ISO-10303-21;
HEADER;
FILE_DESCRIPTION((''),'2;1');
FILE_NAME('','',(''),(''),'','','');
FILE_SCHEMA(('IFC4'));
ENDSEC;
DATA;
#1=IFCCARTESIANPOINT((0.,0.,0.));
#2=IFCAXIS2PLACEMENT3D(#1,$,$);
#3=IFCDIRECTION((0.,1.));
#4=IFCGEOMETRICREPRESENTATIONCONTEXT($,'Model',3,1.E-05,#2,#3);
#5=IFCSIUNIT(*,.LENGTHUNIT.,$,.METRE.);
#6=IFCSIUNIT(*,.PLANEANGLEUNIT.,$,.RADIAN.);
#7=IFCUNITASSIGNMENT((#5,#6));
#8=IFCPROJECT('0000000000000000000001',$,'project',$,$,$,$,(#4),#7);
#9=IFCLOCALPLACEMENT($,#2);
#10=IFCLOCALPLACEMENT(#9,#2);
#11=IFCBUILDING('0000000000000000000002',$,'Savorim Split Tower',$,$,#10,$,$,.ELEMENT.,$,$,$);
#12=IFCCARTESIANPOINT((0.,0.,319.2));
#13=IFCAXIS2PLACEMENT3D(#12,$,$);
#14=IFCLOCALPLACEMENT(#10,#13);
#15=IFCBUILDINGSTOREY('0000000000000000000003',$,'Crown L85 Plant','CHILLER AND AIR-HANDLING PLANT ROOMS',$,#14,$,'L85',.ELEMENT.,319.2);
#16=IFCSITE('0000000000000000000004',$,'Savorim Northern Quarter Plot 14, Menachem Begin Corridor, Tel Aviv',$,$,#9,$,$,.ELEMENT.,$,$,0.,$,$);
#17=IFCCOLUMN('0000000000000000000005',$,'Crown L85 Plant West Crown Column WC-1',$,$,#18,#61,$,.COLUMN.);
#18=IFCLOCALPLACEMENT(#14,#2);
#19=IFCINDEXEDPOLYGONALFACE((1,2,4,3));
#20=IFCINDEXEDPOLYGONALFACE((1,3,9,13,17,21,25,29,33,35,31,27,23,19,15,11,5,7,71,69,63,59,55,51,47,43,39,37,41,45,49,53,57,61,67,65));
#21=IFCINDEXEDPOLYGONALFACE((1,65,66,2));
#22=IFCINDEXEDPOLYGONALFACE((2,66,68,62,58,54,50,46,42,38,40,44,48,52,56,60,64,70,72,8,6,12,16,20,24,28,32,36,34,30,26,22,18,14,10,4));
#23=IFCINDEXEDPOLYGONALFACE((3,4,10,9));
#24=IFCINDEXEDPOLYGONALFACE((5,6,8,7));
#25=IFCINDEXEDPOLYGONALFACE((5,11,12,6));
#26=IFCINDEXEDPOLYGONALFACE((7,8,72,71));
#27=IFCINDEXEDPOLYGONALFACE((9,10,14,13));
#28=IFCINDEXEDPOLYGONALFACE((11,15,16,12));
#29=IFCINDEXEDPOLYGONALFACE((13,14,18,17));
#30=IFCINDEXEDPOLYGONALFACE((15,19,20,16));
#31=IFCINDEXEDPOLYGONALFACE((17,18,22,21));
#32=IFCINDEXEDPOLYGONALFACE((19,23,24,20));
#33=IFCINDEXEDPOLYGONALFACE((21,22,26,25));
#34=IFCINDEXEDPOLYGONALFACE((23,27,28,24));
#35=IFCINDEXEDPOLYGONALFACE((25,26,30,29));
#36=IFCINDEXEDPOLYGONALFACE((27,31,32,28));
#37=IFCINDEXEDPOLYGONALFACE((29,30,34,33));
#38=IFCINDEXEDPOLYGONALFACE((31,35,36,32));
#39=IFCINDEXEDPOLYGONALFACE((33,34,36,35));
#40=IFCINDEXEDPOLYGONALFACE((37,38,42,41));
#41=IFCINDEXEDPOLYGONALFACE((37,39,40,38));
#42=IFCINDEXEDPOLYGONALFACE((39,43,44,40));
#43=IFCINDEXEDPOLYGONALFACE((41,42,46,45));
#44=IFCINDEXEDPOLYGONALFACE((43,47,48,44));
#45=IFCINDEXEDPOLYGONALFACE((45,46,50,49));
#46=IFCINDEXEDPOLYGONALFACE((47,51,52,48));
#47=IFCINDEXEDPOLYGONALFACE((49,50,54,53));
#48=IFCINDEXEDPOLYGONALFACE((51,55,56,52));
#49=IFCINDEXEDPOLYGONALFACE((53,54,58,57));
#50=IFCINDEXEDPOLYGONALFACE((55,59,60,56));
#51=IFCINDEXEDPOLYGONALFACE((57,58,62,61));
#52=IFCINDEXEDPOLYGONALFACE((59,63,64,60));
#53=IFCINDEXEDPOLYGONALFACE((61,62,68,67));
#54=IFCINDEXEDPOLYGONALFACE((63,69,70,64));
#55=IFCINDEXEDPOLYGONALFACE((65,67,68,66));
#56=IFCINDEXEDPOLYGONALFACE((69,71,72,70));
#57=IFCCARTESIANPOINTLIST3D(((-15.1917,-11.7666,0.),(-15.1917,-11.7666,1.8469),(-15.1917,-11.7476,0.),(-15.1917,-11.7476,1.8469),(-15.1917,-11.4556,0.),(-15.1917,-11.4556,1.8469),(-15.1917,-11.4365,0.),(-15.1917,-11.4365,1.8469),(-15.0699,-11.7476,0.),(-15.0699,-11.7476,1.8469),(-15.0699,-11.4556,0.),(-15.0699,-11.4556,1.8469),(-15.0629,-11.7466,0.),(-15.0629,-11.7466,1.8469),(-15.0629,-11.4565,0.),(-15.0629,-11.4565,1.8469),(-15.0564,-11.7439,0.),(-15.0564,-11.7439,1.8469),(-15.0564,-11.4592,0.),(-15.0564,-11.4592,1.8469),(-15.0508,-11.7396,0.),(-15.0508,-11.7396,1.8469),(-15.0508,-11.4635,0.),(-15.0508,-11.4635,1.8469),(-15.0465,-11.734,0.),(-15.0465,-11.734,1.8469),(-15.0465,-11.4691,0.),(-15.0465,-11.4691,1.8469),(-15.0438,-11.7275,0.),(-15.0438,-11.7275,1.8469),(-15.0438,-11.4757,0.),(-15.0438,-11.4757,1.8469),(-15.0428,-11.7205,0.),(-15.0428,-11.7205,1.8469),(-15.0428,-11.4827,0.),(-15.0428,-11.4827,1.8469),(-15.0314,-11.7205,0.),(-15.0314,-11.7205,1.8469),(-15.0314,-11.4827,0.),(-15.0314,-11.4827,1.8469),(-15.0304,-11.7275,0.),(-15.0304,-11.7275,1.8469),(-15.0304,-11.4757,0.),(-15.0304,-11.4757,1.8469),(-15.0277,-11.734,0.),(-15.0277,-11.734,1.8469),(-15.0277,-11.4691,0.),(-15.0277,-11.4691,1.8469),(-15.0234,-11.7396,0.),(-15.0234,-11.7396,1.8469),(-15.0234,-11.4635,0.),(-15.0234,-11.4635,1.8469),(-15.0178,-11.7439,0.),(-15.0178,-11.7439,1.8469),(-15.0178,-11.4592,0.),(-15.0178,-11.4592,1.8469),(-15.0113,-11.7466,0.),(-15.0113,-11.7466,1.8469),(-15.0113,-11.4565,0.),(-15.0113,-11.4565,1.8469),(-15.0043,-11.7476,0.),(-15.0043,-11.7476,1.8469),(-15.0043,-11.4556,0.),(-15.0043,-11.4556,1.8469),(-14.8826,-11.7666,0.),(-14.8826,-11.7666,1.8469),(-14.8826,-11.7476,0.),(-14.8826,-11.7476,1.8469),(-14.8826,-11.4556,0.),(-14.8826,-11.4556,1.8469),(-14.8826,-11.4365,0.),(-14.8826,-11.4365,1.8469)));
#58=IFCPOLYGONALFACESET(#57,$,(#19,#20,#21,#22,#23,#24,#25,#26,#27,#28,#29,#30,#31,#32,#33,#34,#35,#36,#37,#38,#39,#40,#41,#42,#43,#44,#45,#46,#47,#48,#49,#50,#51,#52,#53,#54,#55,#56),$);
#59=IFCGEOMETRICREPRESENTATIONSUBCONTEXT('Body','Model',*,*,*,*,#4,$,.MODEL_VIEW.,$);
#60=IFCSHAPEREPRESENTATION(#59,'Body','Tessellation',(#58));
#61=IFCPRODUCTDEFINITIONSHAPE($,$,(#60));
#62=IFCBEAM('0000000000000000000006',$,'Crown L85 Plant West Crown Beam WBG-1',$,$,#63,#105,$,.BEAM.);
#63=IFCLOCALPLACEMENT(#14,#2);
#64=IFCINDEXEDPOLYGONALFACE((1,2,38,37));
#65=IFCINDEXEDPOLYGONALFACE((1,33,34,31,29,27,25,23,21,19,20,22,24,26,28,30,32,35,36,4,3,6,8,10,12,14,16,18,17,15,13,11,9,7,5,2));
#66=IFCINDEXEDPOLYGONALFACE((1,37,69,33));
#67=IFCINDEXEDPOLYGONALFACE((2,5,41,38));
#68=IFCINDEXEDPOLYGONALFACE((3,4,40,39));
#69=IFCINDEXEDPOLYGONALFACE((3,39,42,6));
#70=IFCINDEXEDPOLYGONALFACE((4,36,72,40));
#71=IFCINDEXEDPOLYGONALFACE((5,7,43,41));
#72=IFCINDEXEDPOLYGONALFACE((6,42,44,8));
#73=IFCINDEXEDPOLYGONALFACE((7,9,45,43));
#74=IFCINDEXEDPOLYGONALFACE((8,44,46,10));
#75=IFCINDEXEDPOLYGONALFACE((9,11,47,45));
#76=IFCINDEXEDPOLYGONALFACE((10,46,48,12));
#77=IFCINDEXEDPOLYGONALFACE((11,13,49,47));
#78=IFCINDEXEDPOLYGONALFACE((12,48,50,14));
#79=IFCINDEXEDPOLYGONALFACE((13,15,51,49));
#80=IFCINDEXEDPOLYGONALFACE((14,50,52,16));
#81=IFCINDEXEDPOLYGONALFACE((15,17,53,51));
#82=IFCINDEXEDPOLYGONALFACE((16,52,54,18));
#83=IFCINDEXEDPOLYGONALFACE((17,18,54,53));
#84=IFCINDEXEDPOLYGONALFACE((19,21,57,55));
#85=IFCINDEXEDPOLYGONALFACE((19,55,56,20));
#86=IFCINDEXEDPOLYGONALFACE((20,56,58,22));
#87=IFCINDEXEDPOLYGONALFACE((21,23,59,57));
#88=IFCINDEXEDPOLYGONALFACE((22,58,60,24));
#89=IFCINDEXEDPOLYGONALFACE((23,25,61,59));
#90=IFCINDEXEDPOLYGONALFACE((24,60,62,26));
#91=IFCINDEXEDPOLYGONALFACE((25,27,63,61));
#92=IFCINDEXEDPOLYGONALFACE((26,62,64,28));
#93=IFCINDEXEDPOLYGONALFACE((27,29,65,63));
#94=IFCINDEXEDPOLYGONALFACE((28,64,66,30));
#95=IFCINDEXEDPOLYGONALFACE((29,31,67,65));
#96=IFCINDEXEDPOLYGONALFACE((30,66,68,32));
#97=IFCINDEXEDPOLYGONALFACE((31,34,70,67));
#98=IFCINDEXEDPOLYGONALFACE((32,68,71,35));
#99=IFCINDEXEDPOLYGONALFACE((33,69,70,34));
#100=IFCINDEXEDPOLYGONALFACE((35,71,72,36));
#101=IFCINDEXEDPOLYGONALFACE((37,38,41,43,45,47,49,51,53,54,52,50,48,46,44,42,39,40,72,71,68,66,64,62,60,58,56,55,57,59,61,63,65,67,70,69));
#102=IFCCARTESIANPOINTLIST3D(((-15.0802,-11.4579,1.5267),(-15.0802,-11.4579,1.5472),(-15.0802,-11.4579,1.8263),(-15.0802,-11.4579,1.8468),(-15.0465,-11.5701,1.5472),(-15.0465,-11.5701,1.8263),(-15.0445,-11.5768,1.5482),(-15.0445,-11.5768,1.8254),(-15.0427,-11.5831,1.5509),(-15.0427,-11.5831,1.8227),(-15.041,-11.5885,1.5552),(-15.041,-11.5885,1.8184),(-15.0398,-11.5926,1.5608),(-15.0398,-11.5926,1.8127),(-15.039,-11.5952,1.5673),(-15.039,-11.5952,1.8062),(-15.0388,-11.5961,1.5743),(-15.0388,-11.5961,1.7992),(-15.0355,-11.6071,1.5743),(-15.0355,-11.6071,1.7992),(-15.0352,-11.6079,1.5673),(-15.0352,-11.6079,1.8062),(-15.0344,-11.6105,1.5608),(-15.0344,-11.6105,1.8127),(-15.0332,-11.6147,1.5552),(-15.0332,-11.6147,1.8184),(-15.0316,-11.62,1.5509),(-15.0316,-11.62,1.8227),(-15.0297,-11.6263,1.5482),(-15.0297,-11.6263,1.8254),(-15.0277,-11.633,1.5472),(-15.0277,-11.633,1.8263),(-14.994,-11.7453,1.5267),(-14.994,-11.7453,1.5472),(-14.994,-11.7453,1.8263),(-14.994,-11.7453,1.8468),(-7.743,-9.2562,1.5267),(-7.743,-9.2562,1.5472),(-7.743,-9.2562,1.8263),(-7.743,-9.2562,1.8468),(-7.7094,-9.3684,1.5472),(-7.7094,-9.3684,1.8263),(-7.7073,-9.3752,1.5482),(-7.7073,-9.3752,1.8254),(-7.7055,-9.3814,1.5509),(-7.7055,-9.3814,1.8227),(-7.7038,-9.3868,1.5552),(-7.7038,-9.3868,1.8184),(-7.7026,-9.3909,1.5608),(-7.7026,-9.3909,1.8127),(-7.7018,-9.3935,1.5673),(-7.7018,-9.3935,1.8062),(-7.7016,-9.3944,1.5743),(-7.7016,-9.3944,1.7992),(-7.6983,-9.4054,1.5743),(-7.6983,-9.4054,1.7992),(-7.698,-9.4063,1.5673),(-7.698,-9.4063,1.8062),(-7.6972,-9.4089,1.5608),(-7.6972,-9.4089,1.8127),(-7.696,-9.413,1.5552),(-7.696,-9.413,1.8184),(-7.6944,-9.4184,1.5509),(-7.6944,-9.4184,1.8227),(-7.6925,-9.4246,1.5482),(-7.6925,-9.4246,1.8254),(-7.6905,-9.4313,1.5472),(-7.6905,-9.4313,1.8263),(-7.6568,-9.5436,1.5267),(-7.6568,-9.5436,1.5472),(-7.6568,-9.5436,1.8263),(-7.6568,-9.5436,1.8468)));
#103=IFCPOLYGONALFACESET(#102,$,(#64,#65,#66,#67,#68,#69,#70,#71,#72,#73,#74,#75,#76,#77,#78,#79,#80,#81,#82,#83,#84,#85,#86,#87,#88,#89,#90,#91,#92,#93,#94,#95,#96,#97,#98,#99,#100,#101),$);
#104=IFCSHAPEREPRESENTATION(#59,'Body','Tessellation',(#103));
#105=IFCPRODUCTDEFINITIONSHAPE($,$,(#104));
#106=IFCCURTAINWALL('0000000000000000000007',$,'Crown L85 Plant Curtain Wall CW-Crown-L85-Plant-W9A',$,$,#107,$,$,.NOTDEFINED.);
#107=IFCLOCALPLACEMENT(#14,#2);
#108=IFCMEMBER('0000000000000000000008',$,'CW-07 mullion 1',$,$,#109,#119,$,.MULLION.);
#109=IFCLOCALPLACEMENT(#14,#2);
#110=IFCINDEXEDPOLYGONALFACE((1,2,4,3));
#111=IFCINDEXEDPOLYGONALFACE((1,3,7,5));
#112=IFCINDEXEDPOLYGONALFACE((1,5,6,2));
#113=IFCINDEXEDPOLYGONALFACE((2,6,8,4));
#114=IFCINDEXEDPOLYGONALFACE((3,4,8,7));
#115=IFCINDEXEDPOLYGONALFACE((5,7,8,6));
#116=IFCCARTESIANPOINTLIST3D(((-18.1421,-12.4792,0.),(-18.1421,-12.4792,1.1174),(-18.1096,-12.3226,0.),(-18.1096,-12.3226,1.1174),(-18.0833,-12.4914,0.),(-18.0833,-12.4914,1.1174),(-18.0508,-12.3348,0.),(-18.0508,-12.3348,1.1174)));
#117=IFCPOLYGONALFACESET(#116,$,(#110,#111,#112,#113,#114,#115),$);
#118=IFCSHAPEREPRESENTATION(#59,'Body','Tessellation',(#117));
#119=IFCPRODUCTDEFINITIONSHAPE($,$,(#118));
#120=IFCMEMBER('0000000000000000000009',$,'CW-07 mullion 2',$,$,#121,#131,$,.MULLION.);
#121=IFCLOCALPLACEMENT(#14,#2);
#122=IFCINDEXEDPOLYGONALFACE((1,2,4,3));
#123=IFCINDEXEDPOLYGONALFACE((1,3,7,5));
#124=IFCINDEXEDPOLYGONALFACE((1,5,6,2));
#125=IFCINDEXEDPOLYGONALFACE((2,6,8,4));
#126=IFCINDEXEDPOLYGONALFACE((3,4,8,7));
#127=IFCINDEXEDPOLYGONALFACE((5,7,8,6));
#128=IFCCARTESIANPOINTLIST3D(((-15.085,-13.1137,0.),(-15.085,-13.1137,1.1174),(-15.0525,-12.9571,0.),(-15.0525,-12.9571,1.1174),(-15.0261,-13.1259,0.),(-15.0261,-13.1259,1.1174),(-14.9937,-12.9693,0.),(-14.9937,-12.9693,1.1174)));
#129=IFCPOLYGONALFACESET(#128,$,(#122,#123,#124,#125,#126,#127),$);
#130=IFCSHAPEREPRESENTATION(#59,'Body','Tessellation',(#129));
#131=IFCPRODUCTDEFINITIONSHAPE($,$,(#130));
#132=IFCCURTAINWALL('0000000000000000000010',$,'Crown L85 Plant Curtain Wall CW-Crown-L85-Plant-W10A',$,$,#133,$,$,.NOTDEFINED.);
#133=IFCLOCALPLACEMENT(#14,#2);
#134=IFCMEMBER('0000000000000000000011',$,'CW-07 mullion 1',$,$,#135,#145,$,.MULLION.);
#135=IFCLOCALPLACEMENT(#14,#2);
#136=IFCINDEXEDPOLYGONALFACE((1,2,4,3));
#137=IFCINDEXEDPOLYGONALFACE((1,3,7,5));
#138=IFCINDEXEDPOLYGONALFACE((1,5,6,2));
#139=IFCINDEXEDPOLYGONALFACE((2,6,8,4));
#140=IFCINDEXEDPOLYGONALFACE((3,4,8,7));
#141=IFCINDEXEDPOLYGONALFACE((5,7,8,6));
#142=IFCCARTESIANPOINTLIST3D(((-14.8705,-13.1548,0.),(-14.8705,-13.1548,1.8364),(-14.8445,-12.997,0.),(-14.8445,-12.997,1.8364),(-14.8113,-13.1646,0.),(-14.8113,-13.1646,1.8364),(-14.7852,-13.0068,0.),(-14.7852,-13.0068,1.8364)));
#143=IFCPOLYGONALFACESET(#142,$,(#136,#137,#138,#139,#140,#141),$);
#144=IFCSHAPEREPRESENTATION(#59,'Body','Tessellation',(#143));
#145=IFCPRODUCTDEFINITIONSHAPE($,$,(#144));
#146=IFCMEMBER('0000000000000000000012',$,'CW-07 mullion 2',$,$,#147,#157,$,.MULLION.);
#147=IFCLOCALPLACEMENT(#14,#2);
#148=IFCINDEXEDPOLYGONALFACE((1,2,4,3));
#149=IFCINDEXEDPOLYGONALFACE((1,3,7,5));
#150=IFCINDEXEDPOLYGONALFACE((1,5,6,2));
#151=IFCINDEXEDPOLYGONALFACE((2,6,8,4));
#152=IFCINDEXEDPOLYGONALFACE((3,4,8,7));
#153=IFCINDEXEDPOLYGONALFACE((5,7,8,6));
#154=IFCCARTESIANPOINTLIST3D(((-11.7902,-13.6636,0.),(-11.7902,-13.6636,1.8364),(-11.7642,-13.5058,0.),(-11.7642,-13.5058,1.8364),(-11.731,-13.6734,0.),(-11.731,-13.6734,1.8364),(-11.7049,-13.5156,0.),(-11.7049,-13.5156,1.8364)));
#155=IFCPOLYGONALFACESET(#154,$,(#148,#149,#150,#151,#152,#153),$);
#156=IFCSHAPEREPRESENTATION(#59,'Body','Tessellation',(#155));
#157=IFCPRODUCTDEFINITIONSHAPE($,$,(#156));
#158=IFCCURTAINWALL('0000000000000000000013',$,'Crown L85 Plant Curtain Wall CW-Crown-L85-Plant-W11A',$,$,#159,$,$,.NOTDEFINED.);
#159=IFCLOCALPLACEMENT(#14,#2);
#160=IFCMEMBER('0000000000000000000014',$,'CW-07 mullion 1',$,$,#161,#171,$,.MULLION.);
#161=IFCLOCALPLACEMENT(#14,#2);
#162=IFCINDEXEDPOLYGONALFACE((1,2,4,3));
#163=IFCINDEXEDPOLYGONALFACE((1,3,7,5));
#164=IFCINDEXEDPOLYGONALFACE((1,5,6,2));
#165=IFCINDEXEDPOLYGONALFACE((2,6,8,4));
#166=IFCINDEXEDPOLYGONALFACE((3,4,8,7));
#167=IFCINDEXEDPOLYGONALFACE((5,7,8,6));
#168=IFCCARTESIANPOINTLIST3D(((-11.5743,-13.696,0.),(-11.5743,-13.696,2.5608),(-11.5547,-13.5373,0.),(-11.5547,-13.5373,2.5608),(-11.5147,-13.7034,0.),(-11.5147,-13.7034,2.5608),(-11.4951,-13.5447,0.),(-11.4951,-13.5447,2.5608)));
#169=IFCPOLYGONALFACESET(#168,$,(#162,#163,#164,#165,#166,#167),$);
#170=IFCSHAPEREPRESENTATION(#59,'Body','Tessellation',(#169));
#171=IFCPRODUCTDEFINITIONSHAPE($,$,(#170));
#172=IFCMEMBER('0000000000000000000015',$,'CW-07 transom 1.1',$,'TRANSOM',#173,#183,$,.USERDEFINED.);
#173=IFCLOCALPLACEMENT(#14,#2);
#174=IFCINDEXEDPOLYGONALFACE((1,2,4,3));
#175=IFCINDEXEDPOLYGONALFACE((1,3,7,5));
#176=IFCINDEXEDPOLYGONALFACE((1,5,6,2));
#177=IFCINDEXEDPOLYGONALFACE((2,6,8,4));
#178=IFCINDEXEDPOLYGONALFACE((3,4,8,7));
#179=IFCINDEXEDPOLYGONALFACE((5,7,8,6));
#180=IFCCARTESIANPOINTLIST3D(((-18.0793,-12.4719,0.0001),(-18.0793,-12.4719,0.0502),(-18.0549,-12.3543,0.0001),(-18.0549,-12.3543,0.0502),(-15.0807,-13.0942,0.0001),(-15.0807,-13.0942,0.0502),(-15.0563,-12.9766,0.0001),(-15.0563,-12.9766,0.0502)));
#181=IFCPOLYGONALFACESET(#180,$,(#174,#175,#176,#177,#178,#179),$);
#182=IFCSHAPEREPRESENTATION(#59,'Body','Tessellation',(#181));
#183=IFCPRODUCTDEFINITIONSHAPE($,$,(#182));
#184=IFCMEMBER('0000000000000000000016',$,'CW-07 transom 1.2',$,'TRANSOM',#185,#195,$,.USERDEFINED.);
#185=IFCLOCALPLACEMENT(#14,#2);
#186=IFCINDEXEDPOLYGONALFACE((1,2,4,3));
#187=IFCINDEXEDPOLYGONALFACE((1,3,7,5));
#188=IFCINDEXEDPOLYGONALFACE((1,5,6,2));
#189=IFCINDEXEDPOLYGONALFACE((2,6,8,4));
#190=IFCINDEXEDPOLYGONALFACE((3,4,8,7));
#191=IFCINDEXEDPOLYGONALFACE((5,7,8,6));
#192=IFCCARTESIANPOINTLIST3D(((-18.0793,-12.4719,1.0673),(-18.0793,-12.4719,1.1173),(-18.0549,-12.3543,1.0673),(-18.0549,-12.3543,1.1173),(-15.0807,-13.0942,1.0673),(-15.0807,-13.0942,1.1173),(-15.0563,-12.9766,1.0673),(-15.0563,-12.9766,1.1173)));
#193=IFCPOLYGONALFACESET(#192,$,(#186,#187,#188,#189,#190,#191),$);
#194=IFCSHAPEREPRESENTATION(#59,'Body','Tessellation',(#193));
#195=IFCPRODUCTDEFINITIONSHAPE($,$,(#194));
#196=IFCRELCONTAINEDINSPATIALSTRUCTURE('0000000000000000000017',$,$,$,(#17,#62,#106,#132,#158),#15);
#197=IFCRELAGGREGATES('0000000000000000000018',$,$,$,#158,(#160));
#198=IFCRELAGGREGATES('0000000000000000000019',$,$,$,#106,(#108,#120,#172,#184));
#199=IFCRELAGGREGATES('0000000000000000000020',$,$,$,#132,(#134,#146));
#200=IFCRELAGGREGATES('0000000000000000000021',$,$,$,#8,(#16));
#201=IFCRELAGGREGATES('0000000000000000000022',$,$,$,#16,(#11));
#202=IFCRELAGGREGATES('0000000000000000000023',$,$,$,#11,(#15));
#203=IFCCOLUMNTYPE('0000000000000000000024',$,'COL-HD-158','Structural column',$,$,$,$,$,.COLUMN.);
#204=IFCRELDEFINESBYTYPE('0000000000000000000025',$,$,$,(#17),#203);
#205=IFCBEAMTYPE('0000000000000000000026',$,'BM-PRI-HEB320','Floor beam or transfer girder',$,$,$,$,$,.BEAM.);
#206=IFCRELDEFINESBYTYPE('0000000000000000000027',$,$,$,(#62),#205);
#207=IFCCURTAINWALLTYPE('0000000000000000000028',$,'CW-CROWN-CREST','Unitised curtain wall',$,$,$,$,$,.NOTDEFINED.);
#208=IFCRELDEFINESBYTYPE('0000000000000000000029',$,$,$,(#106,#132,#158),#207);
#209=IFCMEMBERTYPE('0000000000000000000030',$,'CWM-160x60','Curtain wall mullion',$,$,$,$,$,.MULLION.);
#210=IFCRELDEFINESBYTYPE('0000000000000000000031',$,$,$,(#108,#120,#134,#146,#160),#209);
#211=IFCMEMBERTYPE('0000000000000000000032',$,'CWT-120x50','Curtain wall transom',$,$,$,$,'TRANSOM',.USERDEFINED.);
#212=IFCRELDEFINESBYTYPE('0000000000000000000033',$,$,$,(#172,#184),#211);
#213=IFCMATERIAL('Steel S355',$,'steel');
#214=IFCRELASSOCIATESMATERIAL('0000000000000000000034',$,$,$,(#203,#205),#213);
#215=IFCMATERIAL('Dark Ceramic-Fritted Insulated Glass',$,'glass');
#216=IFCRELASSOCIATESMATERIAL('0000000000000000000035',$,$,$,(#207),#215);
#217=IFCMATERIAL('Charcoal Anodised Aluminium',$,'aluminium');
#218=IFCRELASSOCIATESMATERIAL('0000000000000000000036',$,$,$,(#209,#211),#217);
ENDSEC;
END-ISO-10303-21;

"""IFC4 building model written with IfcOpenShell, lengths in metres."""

from ifc_helpers import new_model, si_unit, direction, frame, origin, origin_2d, place, context, subcontext, project, spatial, rectangle, i_section, extrude, material, material_profile, profile_set, type_object, element, aggregate, save


model = new_model("IFC4")

# Units and contexts
model_context = context("Model", 3, precision=1e-05, world=origin(), true_north=direction((0.0, 1.0)))
body_context = subcontext(model_context, "Body", "Model", "MODEL_VIEW")
ifc_project = project(units=[si_unit("LENGTHUNIT", "METRE"), si_unit("PLANEANGLEUNIT", "RADIAN")], contexts=[model_context])

# Site, building, storey
site_placement = place(None, origin())
site = spatial("IfcSite", under=ifc_project, at=site_placement, Name="Savorim Northern Quarter Plot 14, Menachem Begin Corridor, Tel Aviv", CompositionType="ELEMENT", RefElevation=0.0)
building_placement = place(site_placement, origin())
building = spatial("IfcBuilding", under=site, at=building_placement, Name="Savorim Split Tower", CompositionType="ELEMENT")
storey_placement = place(building_placement, frame((0.0, 0.0, 319.2)))
storey = spatial("IfcBuildingStorey", under=building, at=storey_placement, Name="Crown L85 Plant", Description="CHILLER AND AIR-HANDLING PLANT ROOMS", LongName="L85", CompositionType="ELEMENT", Elevation=319.2)

# Column
ifc_material_1 = material(Name="Steel S355", Category="steel")
ifc_material_profile_1 = material_profile(ifc_material_1, i_section(OverallWidth=0.3091, OverallDepth=0.3301, WebThickness=0.0115, FlangeThickness=0.019, FilletRadius=0.0271, at=origin_2d()), Name="HD 320x158")
ifc_profile_set_1 = profile_set([ifc_material_profile_1], Name="Steel S355")
column_type = type_object("IfcColumnType", Name="COL-HD-158", Description="Structural column", PredefinedType="COLUMN", material=ifc_profile_set_1)
column_placement = place(storey_placement, frame((-15.0371, -11.6016, 0.0), z_axis=(0.0, 0.0, 1.0), x_axis=(1.0, 0.0, 0.0)))
element("IfcColumn", 1, at=column_placement, inside=storey, type_object=column_type, Name="Crown L85 Plant West Crown Column WC-1", PredefinedType="COLUMN", context=body_context, shape_type="SweptSolid", body=[
    extrude(i_section(OverallWidth=0.3091, OverallDepth=0.3301, WebThickness=0.0115, FlangeThickness=0.019, FilletRadius=0.0271, at=origin_2d()), origin(), (0.0, 0.0, 1.0), 1.8469),
])

# Beam
ifc_material_profile_2 = material_profile(ifc_material_1, i_section(OverallWidth=0.3, OverallDepth=0.3201, WebThickness=0.0115, FlangeThickness=0.0205, FilletRadius=0.0271, at=origin_2d()), Name="HEB 320")
ifc_profile_set_2 = profile_set([ifc_material_profile_2], Name="Steel S355")
beam_type = type_object("IfcBeamType", Name="BM-PRI-HEB320", Description="Floor beam or transfer girder", PredefinedType="BEAM", material=ifc_profile_set_2)
beam_placement = place(storey_placement, frame((-15.0371, -11.6016, 1.6868), z_axis=(0.957808, 0.287409, 0.0), x_axis=(-0.287409, 0.957808, 0.0)))
element("IfcBeam", 2, at=beam_placement, inside=storey, type_object=beam_type, Name="Crown L85 Plant West Crown Beam WBG-1", PredefinedType="BEAM", context=body_context, shape_type="SweptSolid", body=[
    extrude(i_section(OverallWidth=0.3, OverallDepth=0.3201, WebThickness=0.0115, FlangeThickness=0.0205, FilletRadius=0.0271, at=origin_2d()), origin(), (0.0, 0.0, 1.0), 7.6604),
])

# Curtain walls, members
ifc_material_2 = material(Name="Dark Ceramic-Fritted Insulated Glass", Category="glass")
curtain_wall_type = type_object("IfcCurtainWallType", Name="CW-CROWN-CREST", Description="Unitised curtain wall", PredefinedType="NOTDEFINED", material=ifc_material_2)
curtain_wall_1_placement = place(storey_placement, origin())
curtain_wall_1 = element("IfcCurtainWall", 3, at=curtain_wall_1_placement, inside=storey, type_object=curtain_wall_type, Name="Crown L85 Plant Curtain Wall CW-Crown-L85-Plant-W9A", PredefinedType="NOTDEFINED")
ifc_material_3 = material(Name="Charcoal Anodised Aluminium", Category="aluminium")
ifc_material_profile_3 = material_profile(ifc_material_3, rectangle(XDim=0.1599, YDim=0.0601, at=origin_2d()), Name="ALU-M 160x60")
ifc_profile_set_3 = profile_set([ifc_material_profile_3], Name="Charcoal Anodised Aluminium")
member_type_1 = type_object("IfcMemberType", Name="CWM-160x60", Description="Curtain wall mullion", PredefinedType="MULLION", material=ifc_profile_set_3)
member_1_placement = place(storey_placement, frame((-18.0964, -12.407, 0.0), z_axis=(0.0, 0.0, 1.0), x_axis=(0.203187, 0.97914, 0.0)))
member_1 = element("IfcMember", 4, at=member_1_placement, type_object=member_type_1, Name="CW-07 mullion 1", PredefinedType="MULLION", context=body_context, shape_type="SweptSolid", body=[
    extrude(rectangle(XDim=0.1599, YDim=0.0601, at=origin_2d()), origin(), (0.0, 0.0, 1.0), 1.1174),
])
member_2_placement = place(storey_placement, frame((-15.0393, -13.0415, 0.0), z_axis=(0.0, 0.0, 1.0), x_axis=(0.203187, 0.97914, 0.0)))
member_2 = element("IfcMember", 5, at=member_2_placement, type_object=member_type_1, Name="CW-07 mullion 2", PredefinedType="MULLION", context=body_context, shape_type="SweptSolid", body=[
    extrude(rectangle(XDim=0.1599, YDim=0.0601, at=origin_2d()), origin(), (0.0, 0.0, 1.0), 1.1174),
])
curtain_wall_2_placement = place(storey_placement, origin())
curtain_wall_2 = element("IfcCurtainWall", 6, at=curtain_wall_2_placement, inside=storey, type_object=curtain_wall_type, Name="Crown L85 Plant Curtain Wall CW-Crown-L85-Plant-W10A", PredefinedType="NOTDEFINED")
member_3_placement = place(storey_placement, frame((-14.8279, -13.0808, 0.0), z_axis=(0.0, 0.0, 1.0), x_axis=(0.163003, 0.986626, 0.0)))
member_3 = element("IfcMember", 7, at=member_3_placement, type_object=member_type_1, Name="CW-07 mullion 1", PredefinedType="MULLION", context=body_context, shape_type="SweptSolid", body=[
    extrude(rectangle(XDim=0.1599, YDim=0.0601, at=origin_2d()), origin(), (0.0, 0.0, 1.0), 1.8364),
])
member_4_placement = place(storey_placement, frame((-11.7476, -13.5896, 0.0), z_axis=(0.0, 0.0, 1.0), x_axis=(0.163003, 0.986626, 0.0)))
member_4 = element("IfcMember", 8, at=member_4_placement, type_object=member_type_1, Name="CW-07 mullion 2", PredefinedType="MULLION", context=body_context, shape_type="SweptSolid", body=[
    extrude(rectangle(XDim=0.1599, YDim=0.0601, at=origin_2d()), origin(), (0.0, 0.0, 1.0), 1.8364),
])

# Curtain wall, member
curtain_wall_3_placement = place(storey_placement, origin())
curtain_wall_3 = element("IfcCurtainWall", 9, at=curtain_wall_3_placement, inside=storey, type_object=curtain_wall_type, Name="Crown L85 Plant Curtain Wall CW-Crown-L85-Plant-W11A", PredefinedType="NOTDEFINED")
member_5_placement = place(storey_placement, frame((-11.5347, -13.6204, 0.0), z_axis=(0.0, 0.0, 1.0), x_axis=(0.122464, 0.992473, 0.0)))
member_5 = element("IfcMember", 10, at=member_5_placement, type_object=member_type_1, Name="CW-07 mullion 1", PredefinedType="MULLION", context=body_context, shape_type="SweptSolid", body=[
    extrude(rectangle(XDim=0.1599, YDim=0.0601, at=origin_2d()), origin(), (0.0, 0.0, 1.0), 2.5608),
])

# Members
ifc_material_profile_4 = material_profile(ifc_material_3, rectangle(XDim=0.1201, YDim=0.05, at=origin_2d()), Name="ALU-T 120x50")
ifc_profile_set_4 = profile_set([ifc_material_profile_4], Name="Charcoal Anodised Aluminium")
member_type_2 = type_object("IfcMemberType", Name="CWT-120x50", Description="Curtain wall transom", ElementType="TRANSOM", PredefinedType="USERDEFINED", material=ifc_profile_set_4)
member_6_placement = place(storey_placement, frame((-18.0671, -12.4131, 0.0251), z_axis=(0.979135, -0.203209, 0.0), x_axis=(0.203209, 0.979135, 0.0)))
member_6 = element("IfcMember", 11, at=member_6_placement, type_object=member_type_2, Name="CW-07 transom 1.1", ObjectType="TRANSOM", PredefinedType="USERDEFINED", context=body_context, shape_type="SweptSolid", body=[
    extrude(rectangle(XDim=0.1201, YDim=0.05, at=origin_2d()), origin(), (0.0, 0.0, 1.0), 3.0625),
])
member_7_placement = place(storey_placement, frame((-18.0671, -12.4131, 1.0923), z_axis=(0.979135, -0.203209, 0.0), x_axis=(0.203209, 0.979135, 0.0)))
member_7 = element("IfcMember", 12, at=member_7_placement, type_object=member_type_2, Name="CW-07 transom 1.2", ObjectType="TRANSOM", PredefinedType="USERDEFINED", context=body_context, shape_type="SweptSolid", body=[
    extrude(rectangle(XDim=0.1201, YDim=0.05, at=origin_2d()), origin(), (0.0, 0.0, 1.0), 3.0625),
])
aggregate(curtain_wall_3, [member_5])

aggregate(curtain_wall_1, [member_1, member_2, member_6, member_7])
aggregate(curtain_wall_2, [member_3, member_4])

save(model, "model.ifc")
